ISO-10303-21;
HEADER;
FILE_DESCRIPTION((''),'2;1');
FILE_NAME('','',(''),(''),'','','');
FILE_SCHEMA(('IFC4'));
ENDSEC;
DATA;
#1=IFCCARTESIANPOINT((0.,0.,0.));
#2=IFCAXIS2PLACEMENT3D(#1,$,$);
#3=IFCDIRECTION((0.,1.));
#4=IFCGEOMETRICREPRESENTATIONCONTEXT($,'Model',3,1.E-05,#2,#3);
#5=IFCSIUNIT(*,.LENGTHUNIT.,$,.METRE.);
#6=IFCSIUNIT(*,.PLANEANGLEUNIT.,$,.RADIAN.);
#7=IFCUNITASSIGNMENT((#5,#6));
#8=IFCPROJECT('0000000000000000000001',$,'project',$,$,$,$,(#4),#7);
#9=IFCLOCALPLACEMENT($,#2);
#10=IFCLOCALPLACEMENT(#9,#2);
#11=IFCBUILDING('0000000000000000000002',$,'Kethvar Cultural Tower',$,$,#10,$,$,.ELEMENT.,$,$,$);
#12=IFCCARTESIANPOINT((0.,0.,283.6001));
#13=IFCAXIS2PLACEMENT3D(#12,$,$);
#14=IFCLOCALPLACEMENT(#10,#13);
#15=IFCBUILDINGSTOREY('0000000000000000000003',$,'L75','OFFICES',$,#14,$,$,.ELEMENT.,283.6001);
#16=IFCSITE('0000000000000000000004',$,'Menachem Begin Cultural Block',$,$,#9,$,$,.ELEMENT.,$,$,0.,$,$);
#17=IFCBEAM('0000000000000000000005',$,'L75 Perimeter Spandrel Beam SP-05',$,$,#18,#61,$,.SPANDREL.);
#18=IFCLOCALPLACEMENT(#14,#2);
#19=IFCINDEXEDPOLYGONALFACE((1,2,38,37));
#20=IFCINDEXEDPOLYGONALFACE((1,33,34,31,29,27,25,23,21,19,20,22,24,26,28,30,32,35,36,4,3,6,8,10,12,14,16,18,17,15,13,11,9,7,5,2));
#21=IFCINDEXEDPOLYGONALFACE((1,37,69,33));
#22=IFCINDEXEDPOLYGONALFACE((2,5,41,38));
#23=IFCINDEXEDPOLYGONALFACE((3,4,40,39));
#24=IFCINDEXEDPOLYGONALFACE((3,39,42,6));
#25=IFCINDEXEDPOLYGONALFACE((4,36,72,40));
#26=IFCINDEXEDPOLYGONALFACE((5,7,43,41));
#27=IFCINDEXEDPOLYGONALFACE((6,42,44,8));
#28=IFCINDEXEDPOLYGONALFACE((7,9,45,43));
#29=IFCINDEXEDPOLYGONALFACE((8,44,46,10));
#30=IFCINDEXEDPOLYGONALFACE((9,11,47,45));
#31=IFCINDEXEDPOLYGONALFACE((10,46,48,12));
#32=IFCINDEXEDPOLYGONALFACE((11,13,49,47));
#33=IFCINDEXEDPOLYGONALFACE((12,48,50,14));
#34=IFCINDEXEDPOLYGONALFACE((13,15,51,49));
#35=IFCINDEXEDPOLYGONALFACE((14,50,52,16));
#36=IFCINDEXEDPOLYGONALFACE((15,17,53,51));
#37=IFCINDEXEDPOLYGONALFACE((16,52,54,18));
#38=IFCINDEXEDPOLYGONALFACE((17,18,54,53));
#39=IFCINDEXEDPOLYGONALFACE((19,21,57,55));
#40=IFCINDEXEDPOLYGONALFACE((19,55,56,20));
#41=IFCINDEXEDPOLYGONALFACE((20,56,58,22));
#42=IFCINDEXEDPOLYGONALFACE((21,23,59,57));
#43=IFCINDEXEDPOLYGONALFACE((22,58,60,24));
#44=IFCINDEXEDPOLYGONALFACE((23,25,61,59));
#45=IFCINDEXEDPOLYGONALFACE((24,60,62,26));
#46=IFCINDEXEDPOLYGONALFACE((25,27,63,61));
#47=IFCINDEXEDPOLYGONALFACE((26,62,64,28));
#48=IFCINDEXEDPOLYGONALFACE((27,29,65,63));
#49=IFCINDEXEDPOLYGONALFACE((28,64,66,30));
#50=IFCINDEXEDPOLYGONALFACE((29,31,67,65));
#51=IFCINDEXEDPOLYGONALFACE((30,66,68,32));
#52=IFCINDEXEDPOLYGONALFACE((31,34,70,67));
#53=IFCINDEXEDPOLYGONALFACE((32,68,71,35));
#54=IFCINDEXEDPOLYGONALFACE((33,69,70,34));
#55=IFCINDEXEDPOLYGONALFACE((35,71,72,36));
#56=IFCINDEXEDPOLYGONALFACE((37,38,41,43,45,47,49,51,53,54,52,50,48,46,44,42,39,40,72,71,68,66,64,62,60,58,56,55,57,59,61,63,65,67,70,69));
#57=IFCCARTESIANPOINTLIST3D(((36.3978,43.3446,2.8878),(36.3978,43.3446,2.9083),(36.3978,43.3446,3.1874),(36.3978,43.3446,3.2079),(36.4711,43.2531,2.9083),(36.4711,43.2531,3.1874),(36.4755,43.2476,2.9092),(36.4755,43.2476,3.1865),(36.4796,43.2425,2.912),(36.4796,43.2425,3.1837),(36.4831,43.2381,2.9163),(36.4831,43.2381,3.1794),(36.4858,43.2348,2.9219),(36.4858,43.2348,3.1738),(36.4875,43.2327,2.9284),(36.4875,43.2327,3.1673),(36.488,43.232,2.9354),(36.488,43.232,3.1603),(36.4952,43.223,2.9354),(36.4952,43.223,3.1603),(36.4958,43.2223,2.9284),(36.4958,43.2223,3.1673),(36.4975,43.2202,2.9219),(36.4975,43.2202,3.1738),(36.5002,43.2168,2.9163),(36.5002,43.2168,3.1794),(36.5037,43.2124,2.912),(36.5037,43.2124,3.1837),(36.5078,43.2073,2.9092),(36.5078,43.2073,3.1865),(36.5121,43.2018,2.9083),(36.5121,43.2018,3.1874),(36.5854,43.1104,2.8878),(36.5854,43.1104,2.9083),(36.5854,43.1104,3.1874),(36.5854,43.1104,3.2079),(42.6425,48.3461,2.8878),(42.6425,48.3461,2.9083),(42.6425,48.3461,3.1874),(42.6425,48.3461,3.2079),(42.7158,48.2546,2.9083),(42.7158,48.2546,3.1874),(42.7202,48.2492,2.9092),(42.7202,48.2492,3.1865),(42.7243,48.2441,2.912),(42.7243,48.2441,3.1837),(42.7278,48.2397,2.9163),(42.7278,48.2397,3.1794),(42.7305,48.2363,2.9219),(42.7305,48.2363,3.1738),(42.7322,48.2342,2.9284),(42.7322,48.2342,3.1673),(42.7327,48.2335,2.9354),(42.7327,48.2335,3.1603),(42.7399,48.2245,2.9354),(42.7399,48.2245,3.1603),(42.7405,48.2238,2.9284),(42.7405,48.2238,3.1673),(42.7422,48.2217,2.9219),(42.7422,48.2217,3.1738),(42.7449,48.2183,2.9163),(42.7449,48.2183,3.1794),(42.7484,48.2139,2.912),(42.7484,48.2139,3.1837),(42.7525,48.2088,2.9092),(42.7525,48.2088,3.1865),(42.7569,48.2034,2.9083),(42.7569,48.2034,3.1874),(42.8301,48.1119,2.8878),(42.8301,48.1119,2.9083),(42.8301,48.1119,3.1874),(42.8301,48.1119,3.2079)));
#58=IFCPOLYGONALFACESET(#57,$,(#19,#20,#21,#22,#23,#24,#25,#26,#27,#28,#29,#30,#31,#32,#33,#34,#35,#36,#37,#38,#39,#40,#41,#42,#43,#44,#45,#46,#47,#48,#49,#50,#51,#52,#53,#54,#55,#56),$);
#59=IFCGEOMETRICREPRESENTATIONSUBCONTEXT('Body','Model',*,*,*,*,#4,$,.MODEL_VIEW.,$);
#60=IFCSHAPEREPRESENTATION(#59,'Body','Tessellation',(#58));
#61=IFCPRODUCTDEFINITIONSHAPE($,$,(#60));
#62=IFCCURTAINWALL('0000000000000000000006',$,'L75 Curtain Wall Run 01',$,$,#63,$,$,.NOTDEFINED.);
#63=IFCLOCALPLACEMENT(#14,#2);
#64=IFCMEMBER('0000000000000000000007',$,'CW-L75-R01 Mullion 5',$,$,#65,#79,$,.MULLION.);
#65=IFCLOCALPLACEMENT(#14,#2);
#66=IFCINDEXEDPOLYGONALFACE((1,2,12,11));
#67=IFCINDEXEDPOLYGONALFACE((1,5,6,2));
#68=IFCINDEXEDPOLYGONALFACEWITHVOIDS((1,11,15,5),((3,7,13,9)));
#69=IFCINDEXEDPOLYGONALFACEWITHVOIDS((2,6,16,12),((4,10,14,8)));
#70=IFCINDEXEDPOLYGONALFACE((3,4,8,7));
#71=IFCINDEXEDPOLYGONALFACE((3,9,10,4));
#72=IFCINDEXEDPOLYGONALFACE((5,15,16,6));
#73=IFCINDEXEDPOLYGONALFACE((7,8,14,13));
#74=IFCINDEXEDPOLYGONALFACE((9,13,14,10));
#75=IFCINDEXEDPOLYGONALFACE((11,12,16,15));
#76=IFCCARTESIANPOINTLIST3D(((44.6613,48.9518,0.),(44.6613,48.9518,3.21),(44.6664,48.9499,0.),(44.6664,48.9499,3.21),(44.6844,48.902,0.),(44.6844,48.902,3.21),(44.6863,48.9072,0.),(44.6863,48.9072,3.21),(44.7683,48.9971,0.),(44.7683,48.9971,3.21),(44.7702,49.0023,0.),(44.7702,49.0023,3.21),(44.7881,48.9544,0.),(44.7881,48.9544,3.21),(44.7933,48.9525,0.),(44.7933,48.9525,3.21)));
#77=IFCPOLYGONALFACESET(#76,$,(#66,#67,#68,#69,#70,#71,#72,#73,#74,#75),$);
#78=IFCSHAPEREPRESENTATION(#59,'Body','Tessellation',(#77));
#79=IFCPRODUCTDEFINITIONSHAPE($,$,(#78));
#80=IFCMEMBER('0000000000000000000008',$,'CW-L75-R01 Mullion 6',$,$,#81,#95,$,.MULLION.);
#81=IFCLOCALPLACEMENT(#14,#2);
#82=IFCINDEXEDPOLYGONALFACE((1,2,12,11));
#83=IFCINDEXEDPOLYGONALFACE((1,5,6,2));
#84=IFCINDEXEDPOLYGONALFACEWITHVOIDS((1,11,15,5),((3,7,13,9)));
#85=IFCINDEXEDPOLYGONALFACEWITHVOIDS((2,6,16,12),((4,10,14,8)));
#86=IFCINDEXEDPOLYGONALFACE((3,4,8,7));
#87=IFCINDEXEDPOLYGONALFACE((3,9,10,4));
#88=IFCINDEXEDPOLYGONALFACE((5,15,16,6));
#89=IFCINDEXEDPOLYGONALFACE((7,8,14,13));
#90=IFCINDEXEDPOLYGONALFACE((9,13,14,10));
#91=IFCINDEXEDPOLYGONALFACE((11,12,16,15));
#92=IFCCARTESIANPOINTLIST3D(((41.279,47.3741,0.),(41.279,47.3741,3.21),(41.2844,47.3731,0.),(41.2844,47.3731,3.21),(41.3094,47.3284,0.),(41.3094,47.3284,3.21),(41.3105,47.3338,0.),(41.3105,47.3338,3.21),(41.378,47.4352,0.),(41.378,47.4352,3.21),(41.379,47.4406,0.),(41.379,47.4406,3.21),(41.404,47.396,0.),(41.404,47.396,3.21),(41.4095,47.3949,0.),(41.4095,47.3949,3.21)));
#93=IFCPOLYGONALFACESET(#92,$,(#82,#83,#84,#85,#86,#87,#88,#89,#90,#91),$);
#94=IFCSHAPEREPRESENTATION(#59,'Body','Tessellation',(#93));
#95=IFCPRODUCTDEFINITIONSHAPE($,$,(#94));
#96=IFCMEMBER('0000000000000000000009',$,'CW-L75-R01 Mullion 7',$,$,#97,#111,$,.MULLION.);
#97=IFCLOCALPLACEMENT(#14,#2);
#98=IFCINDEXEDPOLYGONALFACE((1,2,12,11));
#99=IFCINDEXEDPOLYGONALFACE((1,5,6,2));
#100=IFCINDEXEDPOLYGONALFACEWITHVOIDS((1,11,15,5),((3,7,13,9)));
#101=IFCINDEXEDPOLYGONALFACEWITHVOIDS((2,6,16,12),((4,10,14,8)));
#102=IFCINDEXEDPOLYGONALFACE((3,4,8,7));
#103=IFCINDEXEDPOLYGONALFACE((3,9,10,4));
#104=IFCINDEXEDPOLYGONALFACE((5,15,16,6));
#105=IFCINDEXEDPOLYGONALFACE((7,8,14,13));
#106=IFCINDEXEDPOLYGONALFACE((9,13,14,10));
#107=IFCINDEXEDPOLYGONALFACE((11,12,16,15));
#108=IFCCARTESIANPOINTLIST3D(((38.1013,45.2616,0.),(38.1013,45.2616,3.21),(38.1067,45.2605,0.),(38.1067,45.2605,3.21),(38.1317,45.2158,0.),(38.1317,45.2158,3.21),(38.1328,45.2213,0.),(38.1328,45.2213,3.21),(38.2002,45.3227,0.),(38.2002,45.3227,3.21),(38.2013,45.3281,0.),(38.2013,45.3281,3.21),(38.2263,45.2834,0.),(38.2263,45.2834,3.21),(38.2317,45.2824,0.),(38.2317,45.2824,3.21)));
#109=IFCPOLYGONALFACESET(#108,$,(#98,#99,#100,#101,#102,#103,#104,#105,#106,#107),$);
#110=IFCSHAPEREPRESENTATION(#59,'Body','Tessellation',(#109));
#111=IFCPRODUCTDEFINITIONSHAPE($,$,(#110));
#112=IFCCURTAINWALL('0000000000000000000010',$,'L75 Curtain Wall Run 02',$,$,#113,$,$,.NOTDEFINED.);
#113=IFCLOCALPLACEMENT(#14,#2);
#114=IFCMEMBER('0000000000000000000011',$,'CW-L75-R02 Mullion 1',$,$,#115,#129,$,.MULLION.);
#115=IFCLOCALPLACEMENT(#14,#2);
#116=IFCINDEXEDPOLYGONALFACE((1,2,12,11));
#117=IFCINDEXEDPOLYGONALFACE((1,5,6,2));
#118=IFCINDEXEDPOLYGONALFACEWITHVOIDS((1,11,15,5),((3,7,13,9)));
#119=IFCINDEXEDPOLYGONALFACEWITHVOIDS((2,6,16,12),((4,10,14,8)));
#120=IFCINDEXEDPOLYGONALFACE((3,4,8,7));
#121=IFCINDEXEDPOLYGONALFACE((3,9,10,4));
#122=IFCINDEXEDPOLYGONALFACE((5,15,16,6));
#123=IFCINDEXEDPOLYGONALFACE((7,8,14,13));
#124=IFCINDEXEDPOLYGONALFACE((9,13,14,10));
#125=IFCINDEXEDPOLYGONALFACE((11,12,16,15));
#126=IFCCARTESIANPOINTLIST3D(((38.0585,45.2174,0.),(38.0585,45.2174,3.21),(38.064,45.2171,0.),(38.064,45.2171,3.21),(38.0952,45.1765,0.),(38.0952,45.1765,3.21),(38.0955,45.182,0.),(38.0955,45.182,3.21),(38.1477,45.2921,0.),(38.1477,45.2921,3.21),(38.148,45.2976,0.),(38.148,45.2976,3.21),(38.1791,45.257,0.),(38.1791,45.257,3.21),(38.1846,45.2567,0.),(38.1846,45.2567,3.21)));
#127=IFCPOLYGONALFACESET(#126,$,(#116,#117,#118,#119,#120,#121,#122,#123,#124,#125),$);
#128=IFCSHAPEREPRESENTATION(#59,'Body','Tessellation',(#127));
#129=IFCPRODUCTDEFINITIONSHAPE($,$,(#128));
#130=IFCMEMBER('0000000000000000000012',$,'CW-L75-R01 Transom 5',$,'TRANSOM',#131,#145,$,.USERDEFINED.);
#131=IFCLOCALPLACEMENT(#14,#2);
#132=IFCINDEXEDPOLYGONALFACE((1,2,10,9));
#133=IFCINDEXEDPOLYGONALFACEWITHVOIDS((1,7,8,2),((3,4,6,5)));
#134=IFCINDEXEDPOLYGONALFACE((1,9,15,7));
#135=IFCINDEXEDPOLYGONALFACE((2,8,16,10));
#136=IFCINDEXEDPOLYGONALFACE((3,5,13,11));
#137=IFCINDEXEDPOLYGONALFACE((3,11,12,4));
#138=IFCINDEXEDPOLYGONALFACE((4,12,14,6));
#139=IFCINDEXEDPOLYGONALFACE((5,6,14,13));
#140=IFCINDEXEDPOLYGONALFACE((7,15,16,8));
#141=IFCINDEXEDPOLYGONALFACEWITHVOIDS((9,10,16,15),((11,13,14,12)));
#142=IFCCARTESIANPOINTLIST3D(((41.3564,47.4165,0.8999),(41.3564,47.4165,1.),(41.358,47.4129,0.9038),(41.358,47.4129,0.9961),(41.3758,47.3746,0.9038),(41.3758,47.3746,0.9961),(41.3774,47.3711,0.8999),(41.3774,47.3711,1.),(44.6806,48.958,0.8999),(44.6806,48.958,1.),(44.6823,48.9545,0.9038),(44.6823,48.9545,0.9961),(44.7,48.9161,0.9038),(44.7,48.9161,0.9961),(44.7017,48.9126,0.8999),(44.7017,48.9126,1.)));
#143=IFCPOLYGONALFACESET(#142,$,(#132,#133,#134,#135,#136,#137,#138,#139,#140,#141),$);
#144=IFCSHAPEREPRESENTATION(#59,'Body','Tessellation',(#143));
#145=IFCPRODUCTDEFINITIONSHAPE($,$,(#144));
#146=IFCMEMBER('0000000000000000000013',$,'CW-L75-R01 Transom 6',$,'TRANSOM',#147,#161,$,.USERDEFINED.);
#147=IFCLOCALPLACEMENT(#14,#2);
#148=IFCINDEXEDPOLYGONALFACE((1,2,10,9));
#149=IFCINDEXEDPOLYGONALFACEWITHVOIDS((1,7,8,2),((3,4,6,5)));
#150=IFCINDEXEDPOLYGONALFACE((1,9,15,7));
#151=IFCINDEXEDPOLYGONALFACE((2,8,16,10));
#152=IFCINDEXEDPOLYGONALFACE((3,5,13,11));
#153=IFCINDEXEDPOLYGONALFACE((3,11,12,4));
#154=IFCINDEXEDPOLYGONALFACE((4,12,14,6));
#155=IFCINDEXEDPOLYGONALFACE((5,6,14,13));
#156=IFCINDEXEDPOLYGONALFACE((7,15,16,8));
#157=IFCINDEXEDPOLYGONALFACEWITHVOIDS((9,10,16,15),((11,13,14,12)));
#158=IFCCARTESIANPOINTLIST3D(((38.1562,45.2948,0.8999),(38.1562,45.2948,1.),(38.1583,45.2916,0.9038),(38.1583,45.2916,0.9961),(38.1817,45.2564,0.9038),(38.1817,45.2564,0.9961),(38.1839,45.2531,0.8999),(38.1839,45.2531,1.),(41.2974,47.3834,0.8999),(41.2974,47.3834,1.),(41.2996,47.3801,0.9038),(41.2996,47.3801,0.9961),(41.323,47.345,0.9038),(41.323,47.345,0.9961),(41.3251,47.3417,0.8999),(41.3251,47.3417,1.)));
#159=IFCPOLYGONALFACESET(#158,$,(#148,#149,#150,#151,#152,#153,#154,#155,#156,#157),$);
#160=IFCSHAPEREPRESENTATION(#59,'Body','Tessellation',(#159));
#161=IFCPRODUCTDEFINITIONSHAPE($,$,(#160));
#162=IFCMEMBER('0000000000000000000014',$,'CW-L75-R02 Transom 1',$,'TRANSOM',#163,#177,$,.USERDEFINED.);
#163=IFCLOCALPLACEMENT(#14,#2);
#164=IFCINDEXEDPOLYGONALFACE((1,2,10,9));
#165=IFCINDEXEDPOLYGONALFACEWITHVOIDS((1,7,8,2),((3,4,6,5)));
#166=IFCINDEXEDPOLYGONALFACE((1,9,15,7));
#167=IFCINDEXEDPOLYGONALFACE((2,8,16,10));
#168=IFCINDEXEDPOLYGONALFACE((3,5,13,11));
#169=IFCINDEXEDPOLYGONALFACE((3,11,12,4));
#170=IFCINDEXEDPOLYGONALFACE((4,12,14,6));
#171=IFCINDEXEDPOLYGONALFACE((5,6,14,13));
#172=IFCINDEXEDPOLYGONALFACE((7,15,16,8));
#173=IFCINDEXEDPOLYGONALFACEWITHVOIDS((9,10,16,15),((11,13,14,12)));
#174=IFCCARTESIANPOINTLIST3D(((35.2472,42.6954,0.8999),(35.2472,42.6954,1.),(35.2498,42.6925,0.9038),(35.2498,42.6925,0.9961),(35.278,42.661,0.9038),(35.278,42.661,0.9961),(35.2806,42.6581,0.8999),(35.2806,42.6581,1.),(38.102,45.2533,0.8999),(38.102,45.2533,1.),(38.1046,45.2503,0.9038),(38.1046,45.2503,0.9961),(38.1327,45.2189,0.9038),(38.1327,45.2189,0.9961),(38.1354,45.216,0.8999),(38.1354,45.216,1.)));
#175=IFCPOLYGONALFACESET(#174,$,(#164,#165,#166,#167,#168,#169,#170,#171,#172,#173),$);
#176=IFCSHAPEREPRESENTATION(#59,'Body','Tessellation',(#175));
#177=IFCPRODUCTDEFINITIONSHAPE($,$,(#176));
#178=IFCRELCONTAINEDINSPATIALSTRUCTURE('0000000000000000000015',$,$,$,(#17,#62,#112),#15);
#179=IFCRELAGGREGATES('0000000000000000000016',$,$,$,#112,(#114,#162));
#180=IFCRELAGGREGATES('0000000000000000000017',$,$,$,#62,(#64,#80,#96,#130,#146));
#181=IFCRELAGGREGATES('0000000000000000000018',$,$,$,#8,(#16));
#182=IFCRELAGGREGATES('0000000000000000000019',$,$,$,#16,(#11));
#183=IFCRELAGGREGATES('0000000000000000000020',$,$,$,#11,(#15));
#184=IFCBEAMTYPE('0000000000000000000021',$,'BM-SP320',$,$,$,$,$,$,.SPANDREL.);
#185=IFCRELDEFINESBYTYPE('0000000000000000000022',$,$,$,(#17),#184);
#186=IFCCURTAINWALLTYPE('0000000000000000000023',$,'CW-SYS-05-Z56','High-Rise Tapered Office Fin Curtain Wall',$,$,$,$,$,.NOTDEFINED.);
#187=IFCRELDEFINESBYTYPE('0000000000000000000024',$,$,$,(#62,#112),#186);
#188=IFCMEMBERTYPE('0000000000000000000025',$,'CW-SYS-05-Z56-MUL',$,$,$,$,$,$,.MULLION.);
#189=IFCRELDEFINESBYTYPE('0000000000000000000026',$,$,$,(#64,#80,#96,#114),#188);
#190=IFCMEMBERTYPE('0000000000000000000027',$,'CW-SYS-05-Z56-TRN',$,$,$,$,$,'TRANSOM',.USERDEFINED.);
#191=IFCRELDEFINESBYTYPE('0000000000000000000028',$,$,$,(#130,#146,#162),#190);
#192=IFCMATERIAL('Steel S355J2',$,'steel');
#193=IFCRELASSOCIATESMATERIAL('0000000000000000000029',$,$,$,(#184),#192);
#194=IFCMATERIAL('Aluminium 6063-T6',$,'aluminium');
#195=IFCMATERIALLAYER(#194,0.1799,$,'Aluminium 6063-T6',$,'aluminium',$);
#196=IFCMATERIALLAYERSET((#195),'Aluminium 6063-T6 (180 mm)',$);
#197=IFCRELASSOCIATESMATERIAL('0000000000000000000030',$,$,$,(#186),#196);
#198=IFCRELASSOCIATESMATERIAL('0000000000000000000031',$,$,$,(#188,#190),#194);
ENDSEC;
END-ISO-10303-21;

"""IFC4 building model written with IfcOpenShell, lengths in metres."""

from ifc_helpers import new_model, si_unit, direction, frame, origin, origin_2d, place, context, subcontext, project, spatial, hollow_rectangle, i_section, extrude, source, transform, mapped, material, layer, layer_set, material_profile, profile_set, type_object, element, aggregate, save


model = new_model("IFC4")

# Units and contexts
model_context = context("Model", 3, precision=1e-05, world=origin(), true_north=direction((0.0, 1.0)))
body_context = subcontext(model_context, "Body", "Model", "MODEL_VIEW")
ifc_project = project(units=[si_unit("LENGTHUNIT", "METRE"), si_unit("PLANEANGLEUNIT", "RADIAN")], contexts=[model_context])

# Site, building, storey
site_placement = place(None, origin())
site = spatial("IfcSite", under=ifc_project, at=site_placement, Name="Menachem Begin Cultural Block", CompositionType="ELEMENT", RefElevation=0.0)
building_placement = place(site_placement, origin())
building = spatial("IfcBuilding", under=site, at=building_placement, Name="Kethvar Cultural Tower", CompositionType="ELEMENT")
storey_placement = place(building_placement, frame((0.0, 0.0, 283.6001)))
storey = spatial("IfcBuildingStorey", under=building, at=storey_placement, Name="L75", Description="OFFICES", CompositionType="ELEMENT", Elevation=283.6001)

# Shared definitions
ifc_material_1 = material(Name="Steel S355J2", Category="steel")

# Beam
ifc_material_profile_1 = material_profile(ifc_material_1, i_section(OverallWidth=0.3, OverallDepth=0.3201, WebThickness=0.0115, FlangeThickness=0.0205, FilletRadius=0.0271, at=origin_2d()), Name="Steel S355J2 — HEB320")
ifc_profile_set_1 = profile_set([ifc_material_profile_1], Name="Steel S355J2 — HEB320")
beam_type_1 = type_object("IfcBeamType", Name="BM-SP320", PredefinedType="SPANDREL", material=ifc_profile_set_1)
shared_shape_1 = source(origin(), body_context, "Body", "SweptSolid", [
    extrude(i_section(OverallWidth=0.3, OverallDepth=0.3201, WebThickness=0.0115, FlangeThickness=0.0205, FilletRadius=0.0271, at=origin_2d()), origin(), (0.0, 0.0, 1.0), 8.0007),
])
beam_1_placement = place(storey_placement, frame((42.7363, 48.229, 3.0479), z_axis=(-0.780517, -0.625134, 0.0), x_axis=(0.625134, -0.780517, 0.0)))
element("IfcBeam", 1, at=beam_1_placement, inside=storey, type_object=beam_type_1, Name="L75 Perimeter Spandrel Beam SP-05", PredefinedType="SPANDREL", context=body_context, shape_type="MappedRepresentation", body=[
    mapped(shared_shape_1, transform((0.0, 0.0, 0.0), scale=1.0)),
])

# Curtain wall, members
ifc_material_2 = material(Name="Aluminium 6063-T6", Category="aluminium")
ifc_layer_1 = layer(ifc_material_2, 0.1799, Name="Aluminium 6063-T6", Category="aluminium")
ifc_layer_set_1 = layer_set([ifc_layer_1], Name="Aluminium 6063-T6 (180 mm)")
curtain_wall_type = type_object("IfcCurtainWallType", Name="CW-SYS-05-Z56", Description="High-Rise Tapered Office Fin Curtain Wall", PredefinedType="NOTDEFINED", material=ifc_layer_set_1)
curtain_wall_1_placement = place(storey_placement, origin())
curtain_wall_1 = element("IfcCurtainWall", 2, at=curtain_wall_1_placement, inside=storey, type_object=curtain_wall_type, Name="L75 Curtain Wall Run 01", PredefinedType="NOTDEFINED")
ifc_material_profile_2 = material_profile(ifc_material_2, hollow_rectangle(XDim=0.0549, YDim=0.1201, WallThickness=0.0039, at=origin_2d()), Name="Aluminium 6063-T6 — RHS120x55x4")
ifc_profile_set_2 = profile_set([ifc_material_profile_2], Name="Aluminium 6063-T6 — RHS120x55x4")
member_type_1 = type_object("IfcMemberType", Name="CW-SYS-05-Z56-MUL", PredefinedType="MULLION", material=ifc_profile_set_2)
shared_shape_2 = source(origin(), body_context, "Body", "SweptSolid", [
    extrude(hollow_rectangle(XDim=0.0549, YDim=0.1201, WallThickness=0.0039, at=origin_2d()), origin(), (0.0, 0.0, 1.0), 3.21),
])
member_1_placement = place(storey_placement, frame((44.7273, 48.9521, 0.0), z_axis=(0.0, 0.0, 1.0), x_axis=(0.420719, -0.907191, 0.0)))
member_1 = element("IfcMember", 3, at=member_1_placement, type_object=member_type_1, Name="CW-L75-R01 Mullion 5", PredefinedType="MULLION", context=body_context, shape_type="MappedRepresentation", body=[
    mapped(shared_shape_2, transform((0.0, 0.0, 0.0), scale=1.0)),
])
member_2_placement = place(storey_placement, frame((41.3442, 47.3845, 0.0), z_axis=(0.0, 0.0, 1.0), x_axis=(0.553639, -0.832757, 0.0)))
member_2 = element("IfcMember", 4, at=member_2_placement, type_object=member_type_1, Name="CW-L75-R01 Mullion 6", PredefinedType="MULLION", context=body_context, shape_type="MappedRepresentation", body=[
    mapped(shared_shape_2, transform((0.0, 0.0, 0.0), scale=1.0)),
])
member_3_placement = place(storey_placement, frame((38.1665, 45.272, 0.0), z_axis=(0.0, 0.0, 1.0), x_axis=(0.553639, -0.832757, 0.0)))
member_3 = element("IfcMember", 5, at=member_3_placement, type_object=member_type_1, Name="CW-L75-R01 Mullion 7", PredefinedType="MULLION", context=body_context, shape_type="MappedRepresentation", body=[
    mapped(shared_shape_2, transform((0.0, 0.0, 0.0), scale=1.0)),
])

# Curtain wall, member
curtain_wall_2_placement = place(storey_placement, origin())
curtain_wall_2 = element("IfcCurtainWall", 6, at=curtain_wall_2_placement, inside=storey, type_object=curtain_wall_type, Name="L75 Curtain Wall Run 02", PredefinedType="NOTDEFINED")
member_4_placement = place(storey_placement, frame((38.1216, 45.2371, 0.0), z_axis=(0.0, 0.0, 1.0), x_axis=(0.667287, -0.744801, 0.0)))
member_4 = element("IfcMember", 7, at=member_4_placement, type_object=member_type_1, Name="CW-L75-R02 Mullion 1", PredefinedType="MULLION", context=body_context, shape_type="MappedRepresentation", body=[
    mapped(shared_shape_2, transform((0.0, 0.0, 0.0), scale=1.0)),
])

# Members
ifc_material_profile_3 = material_profile(ifc_material_2, hollow_rectangle(XDim=0.05, YDim=0.1001, WallThickness=0.0039, at=origin_2d()), Name="Aluminium 6063-T6 — RHS100x50x4")
ifc_profile_set_3 = profile_set([ifc_material_profile_3], Name="Aluminium 6063-T6 — RHS100x50x4")
member_type_2 = type_object("IfcMemberType", Name="CW-SYS-05-Z56-TRN", ElementType="TRANSOM", PredefinedType="USERDEFINED", material=ifc_profile_set_3)
shared_shape_3 = source(origin(), body_context, "Body", "SweptSolid", [
    extrude(hollow_rectangle(XDim=0.05, YDim=0.1001, WallThickness=0.0039, at=origin_2d()), origin(), (0.0, 0.0, 1.0), 3.6643),
])
member_5_placement = place(storey_placement, frame((44.6912, 48.9353, 0.95), z_axis=(-0.907205, -0.420688, 0.0), x_axis=(0.420688, -0.907205, 0.0)))
member_5 = element("IfcMember", 8, at=member_5_placement, type_object=member_type_2, Name="CW-L75-R01 Transom 5", ObjectType="TRANSOM", PredefinedType="USERDEFINED", context=body_context, shape_type="MappedRepresentation", body=[
    mapped(shared_shape_3, transform((0.0, 0.0, 0.0), scale=1.0)),
])
shared_shape_4 = source(origin(), body_context, "Body", "SweptSolid", [
    extrude(hollow_rectangle(XDim=0.05, YDim=0.1001, WallThickness=0.0039, at=origin_2d()), origin(), (0.0, 0.0, 1.0), 3.7722),
])
member_6_placement = place(storey_placement, frame((41.3113, 47.3625, 0.95), z_axis=(-0.832737, -0.553669, 0.0), x_axis=(0.553669, -0.832737, 0.0)))
member_6 = element("IfcMember", 9, at=member_6_placement, type_object=member_type_2, Name="CW-L75-R01 Transom 6", ObjectType="TRANSOM", PredefinedType="USERDEFINED", context=body_context, shape_type="MappedRepresentation", body=[
    mapped(shared_shape_4, transform((0.0, 0.0, 0.0), scale=1.0)),
])
shared_shape_5 = source(origin(), body_context, "Body", "SweptSolid", [
    extrude(hollow_rectangle(XDim=0.05, YDim=0.1001, WallThickness=0.0039, at=origin_2d()), origin(), (0.0, 0.0, 1.0), 3.833),
])
member_7_placement = place(storey_placement, frame((38.1187, 45.2346, 0.95), z_axis=(-0.744771, -0.66732, 0.0), x_axis=(0.66732, -0.744771, 0.0)))
member_7 = element("IfcMember", 10, at=member_7_placement, type_object=member_type_2, Name="CW-L75-R02 Transom 1", ObjectType="TRANSOM", PredefinedType="USERDEFINED", context=body_context, shape_type="MappedRepresentation", body=[
    mapped(shared_shape_5, transform((0.0, 0.0, 0.0), scale=1.0)),
])
aggregate(curtain_wall_2, [member_4, member_7])

aggregate(curtain_wall_1, [member_1, member_2, member_3, member_5, member_6])

save(model, "model.ifc")
